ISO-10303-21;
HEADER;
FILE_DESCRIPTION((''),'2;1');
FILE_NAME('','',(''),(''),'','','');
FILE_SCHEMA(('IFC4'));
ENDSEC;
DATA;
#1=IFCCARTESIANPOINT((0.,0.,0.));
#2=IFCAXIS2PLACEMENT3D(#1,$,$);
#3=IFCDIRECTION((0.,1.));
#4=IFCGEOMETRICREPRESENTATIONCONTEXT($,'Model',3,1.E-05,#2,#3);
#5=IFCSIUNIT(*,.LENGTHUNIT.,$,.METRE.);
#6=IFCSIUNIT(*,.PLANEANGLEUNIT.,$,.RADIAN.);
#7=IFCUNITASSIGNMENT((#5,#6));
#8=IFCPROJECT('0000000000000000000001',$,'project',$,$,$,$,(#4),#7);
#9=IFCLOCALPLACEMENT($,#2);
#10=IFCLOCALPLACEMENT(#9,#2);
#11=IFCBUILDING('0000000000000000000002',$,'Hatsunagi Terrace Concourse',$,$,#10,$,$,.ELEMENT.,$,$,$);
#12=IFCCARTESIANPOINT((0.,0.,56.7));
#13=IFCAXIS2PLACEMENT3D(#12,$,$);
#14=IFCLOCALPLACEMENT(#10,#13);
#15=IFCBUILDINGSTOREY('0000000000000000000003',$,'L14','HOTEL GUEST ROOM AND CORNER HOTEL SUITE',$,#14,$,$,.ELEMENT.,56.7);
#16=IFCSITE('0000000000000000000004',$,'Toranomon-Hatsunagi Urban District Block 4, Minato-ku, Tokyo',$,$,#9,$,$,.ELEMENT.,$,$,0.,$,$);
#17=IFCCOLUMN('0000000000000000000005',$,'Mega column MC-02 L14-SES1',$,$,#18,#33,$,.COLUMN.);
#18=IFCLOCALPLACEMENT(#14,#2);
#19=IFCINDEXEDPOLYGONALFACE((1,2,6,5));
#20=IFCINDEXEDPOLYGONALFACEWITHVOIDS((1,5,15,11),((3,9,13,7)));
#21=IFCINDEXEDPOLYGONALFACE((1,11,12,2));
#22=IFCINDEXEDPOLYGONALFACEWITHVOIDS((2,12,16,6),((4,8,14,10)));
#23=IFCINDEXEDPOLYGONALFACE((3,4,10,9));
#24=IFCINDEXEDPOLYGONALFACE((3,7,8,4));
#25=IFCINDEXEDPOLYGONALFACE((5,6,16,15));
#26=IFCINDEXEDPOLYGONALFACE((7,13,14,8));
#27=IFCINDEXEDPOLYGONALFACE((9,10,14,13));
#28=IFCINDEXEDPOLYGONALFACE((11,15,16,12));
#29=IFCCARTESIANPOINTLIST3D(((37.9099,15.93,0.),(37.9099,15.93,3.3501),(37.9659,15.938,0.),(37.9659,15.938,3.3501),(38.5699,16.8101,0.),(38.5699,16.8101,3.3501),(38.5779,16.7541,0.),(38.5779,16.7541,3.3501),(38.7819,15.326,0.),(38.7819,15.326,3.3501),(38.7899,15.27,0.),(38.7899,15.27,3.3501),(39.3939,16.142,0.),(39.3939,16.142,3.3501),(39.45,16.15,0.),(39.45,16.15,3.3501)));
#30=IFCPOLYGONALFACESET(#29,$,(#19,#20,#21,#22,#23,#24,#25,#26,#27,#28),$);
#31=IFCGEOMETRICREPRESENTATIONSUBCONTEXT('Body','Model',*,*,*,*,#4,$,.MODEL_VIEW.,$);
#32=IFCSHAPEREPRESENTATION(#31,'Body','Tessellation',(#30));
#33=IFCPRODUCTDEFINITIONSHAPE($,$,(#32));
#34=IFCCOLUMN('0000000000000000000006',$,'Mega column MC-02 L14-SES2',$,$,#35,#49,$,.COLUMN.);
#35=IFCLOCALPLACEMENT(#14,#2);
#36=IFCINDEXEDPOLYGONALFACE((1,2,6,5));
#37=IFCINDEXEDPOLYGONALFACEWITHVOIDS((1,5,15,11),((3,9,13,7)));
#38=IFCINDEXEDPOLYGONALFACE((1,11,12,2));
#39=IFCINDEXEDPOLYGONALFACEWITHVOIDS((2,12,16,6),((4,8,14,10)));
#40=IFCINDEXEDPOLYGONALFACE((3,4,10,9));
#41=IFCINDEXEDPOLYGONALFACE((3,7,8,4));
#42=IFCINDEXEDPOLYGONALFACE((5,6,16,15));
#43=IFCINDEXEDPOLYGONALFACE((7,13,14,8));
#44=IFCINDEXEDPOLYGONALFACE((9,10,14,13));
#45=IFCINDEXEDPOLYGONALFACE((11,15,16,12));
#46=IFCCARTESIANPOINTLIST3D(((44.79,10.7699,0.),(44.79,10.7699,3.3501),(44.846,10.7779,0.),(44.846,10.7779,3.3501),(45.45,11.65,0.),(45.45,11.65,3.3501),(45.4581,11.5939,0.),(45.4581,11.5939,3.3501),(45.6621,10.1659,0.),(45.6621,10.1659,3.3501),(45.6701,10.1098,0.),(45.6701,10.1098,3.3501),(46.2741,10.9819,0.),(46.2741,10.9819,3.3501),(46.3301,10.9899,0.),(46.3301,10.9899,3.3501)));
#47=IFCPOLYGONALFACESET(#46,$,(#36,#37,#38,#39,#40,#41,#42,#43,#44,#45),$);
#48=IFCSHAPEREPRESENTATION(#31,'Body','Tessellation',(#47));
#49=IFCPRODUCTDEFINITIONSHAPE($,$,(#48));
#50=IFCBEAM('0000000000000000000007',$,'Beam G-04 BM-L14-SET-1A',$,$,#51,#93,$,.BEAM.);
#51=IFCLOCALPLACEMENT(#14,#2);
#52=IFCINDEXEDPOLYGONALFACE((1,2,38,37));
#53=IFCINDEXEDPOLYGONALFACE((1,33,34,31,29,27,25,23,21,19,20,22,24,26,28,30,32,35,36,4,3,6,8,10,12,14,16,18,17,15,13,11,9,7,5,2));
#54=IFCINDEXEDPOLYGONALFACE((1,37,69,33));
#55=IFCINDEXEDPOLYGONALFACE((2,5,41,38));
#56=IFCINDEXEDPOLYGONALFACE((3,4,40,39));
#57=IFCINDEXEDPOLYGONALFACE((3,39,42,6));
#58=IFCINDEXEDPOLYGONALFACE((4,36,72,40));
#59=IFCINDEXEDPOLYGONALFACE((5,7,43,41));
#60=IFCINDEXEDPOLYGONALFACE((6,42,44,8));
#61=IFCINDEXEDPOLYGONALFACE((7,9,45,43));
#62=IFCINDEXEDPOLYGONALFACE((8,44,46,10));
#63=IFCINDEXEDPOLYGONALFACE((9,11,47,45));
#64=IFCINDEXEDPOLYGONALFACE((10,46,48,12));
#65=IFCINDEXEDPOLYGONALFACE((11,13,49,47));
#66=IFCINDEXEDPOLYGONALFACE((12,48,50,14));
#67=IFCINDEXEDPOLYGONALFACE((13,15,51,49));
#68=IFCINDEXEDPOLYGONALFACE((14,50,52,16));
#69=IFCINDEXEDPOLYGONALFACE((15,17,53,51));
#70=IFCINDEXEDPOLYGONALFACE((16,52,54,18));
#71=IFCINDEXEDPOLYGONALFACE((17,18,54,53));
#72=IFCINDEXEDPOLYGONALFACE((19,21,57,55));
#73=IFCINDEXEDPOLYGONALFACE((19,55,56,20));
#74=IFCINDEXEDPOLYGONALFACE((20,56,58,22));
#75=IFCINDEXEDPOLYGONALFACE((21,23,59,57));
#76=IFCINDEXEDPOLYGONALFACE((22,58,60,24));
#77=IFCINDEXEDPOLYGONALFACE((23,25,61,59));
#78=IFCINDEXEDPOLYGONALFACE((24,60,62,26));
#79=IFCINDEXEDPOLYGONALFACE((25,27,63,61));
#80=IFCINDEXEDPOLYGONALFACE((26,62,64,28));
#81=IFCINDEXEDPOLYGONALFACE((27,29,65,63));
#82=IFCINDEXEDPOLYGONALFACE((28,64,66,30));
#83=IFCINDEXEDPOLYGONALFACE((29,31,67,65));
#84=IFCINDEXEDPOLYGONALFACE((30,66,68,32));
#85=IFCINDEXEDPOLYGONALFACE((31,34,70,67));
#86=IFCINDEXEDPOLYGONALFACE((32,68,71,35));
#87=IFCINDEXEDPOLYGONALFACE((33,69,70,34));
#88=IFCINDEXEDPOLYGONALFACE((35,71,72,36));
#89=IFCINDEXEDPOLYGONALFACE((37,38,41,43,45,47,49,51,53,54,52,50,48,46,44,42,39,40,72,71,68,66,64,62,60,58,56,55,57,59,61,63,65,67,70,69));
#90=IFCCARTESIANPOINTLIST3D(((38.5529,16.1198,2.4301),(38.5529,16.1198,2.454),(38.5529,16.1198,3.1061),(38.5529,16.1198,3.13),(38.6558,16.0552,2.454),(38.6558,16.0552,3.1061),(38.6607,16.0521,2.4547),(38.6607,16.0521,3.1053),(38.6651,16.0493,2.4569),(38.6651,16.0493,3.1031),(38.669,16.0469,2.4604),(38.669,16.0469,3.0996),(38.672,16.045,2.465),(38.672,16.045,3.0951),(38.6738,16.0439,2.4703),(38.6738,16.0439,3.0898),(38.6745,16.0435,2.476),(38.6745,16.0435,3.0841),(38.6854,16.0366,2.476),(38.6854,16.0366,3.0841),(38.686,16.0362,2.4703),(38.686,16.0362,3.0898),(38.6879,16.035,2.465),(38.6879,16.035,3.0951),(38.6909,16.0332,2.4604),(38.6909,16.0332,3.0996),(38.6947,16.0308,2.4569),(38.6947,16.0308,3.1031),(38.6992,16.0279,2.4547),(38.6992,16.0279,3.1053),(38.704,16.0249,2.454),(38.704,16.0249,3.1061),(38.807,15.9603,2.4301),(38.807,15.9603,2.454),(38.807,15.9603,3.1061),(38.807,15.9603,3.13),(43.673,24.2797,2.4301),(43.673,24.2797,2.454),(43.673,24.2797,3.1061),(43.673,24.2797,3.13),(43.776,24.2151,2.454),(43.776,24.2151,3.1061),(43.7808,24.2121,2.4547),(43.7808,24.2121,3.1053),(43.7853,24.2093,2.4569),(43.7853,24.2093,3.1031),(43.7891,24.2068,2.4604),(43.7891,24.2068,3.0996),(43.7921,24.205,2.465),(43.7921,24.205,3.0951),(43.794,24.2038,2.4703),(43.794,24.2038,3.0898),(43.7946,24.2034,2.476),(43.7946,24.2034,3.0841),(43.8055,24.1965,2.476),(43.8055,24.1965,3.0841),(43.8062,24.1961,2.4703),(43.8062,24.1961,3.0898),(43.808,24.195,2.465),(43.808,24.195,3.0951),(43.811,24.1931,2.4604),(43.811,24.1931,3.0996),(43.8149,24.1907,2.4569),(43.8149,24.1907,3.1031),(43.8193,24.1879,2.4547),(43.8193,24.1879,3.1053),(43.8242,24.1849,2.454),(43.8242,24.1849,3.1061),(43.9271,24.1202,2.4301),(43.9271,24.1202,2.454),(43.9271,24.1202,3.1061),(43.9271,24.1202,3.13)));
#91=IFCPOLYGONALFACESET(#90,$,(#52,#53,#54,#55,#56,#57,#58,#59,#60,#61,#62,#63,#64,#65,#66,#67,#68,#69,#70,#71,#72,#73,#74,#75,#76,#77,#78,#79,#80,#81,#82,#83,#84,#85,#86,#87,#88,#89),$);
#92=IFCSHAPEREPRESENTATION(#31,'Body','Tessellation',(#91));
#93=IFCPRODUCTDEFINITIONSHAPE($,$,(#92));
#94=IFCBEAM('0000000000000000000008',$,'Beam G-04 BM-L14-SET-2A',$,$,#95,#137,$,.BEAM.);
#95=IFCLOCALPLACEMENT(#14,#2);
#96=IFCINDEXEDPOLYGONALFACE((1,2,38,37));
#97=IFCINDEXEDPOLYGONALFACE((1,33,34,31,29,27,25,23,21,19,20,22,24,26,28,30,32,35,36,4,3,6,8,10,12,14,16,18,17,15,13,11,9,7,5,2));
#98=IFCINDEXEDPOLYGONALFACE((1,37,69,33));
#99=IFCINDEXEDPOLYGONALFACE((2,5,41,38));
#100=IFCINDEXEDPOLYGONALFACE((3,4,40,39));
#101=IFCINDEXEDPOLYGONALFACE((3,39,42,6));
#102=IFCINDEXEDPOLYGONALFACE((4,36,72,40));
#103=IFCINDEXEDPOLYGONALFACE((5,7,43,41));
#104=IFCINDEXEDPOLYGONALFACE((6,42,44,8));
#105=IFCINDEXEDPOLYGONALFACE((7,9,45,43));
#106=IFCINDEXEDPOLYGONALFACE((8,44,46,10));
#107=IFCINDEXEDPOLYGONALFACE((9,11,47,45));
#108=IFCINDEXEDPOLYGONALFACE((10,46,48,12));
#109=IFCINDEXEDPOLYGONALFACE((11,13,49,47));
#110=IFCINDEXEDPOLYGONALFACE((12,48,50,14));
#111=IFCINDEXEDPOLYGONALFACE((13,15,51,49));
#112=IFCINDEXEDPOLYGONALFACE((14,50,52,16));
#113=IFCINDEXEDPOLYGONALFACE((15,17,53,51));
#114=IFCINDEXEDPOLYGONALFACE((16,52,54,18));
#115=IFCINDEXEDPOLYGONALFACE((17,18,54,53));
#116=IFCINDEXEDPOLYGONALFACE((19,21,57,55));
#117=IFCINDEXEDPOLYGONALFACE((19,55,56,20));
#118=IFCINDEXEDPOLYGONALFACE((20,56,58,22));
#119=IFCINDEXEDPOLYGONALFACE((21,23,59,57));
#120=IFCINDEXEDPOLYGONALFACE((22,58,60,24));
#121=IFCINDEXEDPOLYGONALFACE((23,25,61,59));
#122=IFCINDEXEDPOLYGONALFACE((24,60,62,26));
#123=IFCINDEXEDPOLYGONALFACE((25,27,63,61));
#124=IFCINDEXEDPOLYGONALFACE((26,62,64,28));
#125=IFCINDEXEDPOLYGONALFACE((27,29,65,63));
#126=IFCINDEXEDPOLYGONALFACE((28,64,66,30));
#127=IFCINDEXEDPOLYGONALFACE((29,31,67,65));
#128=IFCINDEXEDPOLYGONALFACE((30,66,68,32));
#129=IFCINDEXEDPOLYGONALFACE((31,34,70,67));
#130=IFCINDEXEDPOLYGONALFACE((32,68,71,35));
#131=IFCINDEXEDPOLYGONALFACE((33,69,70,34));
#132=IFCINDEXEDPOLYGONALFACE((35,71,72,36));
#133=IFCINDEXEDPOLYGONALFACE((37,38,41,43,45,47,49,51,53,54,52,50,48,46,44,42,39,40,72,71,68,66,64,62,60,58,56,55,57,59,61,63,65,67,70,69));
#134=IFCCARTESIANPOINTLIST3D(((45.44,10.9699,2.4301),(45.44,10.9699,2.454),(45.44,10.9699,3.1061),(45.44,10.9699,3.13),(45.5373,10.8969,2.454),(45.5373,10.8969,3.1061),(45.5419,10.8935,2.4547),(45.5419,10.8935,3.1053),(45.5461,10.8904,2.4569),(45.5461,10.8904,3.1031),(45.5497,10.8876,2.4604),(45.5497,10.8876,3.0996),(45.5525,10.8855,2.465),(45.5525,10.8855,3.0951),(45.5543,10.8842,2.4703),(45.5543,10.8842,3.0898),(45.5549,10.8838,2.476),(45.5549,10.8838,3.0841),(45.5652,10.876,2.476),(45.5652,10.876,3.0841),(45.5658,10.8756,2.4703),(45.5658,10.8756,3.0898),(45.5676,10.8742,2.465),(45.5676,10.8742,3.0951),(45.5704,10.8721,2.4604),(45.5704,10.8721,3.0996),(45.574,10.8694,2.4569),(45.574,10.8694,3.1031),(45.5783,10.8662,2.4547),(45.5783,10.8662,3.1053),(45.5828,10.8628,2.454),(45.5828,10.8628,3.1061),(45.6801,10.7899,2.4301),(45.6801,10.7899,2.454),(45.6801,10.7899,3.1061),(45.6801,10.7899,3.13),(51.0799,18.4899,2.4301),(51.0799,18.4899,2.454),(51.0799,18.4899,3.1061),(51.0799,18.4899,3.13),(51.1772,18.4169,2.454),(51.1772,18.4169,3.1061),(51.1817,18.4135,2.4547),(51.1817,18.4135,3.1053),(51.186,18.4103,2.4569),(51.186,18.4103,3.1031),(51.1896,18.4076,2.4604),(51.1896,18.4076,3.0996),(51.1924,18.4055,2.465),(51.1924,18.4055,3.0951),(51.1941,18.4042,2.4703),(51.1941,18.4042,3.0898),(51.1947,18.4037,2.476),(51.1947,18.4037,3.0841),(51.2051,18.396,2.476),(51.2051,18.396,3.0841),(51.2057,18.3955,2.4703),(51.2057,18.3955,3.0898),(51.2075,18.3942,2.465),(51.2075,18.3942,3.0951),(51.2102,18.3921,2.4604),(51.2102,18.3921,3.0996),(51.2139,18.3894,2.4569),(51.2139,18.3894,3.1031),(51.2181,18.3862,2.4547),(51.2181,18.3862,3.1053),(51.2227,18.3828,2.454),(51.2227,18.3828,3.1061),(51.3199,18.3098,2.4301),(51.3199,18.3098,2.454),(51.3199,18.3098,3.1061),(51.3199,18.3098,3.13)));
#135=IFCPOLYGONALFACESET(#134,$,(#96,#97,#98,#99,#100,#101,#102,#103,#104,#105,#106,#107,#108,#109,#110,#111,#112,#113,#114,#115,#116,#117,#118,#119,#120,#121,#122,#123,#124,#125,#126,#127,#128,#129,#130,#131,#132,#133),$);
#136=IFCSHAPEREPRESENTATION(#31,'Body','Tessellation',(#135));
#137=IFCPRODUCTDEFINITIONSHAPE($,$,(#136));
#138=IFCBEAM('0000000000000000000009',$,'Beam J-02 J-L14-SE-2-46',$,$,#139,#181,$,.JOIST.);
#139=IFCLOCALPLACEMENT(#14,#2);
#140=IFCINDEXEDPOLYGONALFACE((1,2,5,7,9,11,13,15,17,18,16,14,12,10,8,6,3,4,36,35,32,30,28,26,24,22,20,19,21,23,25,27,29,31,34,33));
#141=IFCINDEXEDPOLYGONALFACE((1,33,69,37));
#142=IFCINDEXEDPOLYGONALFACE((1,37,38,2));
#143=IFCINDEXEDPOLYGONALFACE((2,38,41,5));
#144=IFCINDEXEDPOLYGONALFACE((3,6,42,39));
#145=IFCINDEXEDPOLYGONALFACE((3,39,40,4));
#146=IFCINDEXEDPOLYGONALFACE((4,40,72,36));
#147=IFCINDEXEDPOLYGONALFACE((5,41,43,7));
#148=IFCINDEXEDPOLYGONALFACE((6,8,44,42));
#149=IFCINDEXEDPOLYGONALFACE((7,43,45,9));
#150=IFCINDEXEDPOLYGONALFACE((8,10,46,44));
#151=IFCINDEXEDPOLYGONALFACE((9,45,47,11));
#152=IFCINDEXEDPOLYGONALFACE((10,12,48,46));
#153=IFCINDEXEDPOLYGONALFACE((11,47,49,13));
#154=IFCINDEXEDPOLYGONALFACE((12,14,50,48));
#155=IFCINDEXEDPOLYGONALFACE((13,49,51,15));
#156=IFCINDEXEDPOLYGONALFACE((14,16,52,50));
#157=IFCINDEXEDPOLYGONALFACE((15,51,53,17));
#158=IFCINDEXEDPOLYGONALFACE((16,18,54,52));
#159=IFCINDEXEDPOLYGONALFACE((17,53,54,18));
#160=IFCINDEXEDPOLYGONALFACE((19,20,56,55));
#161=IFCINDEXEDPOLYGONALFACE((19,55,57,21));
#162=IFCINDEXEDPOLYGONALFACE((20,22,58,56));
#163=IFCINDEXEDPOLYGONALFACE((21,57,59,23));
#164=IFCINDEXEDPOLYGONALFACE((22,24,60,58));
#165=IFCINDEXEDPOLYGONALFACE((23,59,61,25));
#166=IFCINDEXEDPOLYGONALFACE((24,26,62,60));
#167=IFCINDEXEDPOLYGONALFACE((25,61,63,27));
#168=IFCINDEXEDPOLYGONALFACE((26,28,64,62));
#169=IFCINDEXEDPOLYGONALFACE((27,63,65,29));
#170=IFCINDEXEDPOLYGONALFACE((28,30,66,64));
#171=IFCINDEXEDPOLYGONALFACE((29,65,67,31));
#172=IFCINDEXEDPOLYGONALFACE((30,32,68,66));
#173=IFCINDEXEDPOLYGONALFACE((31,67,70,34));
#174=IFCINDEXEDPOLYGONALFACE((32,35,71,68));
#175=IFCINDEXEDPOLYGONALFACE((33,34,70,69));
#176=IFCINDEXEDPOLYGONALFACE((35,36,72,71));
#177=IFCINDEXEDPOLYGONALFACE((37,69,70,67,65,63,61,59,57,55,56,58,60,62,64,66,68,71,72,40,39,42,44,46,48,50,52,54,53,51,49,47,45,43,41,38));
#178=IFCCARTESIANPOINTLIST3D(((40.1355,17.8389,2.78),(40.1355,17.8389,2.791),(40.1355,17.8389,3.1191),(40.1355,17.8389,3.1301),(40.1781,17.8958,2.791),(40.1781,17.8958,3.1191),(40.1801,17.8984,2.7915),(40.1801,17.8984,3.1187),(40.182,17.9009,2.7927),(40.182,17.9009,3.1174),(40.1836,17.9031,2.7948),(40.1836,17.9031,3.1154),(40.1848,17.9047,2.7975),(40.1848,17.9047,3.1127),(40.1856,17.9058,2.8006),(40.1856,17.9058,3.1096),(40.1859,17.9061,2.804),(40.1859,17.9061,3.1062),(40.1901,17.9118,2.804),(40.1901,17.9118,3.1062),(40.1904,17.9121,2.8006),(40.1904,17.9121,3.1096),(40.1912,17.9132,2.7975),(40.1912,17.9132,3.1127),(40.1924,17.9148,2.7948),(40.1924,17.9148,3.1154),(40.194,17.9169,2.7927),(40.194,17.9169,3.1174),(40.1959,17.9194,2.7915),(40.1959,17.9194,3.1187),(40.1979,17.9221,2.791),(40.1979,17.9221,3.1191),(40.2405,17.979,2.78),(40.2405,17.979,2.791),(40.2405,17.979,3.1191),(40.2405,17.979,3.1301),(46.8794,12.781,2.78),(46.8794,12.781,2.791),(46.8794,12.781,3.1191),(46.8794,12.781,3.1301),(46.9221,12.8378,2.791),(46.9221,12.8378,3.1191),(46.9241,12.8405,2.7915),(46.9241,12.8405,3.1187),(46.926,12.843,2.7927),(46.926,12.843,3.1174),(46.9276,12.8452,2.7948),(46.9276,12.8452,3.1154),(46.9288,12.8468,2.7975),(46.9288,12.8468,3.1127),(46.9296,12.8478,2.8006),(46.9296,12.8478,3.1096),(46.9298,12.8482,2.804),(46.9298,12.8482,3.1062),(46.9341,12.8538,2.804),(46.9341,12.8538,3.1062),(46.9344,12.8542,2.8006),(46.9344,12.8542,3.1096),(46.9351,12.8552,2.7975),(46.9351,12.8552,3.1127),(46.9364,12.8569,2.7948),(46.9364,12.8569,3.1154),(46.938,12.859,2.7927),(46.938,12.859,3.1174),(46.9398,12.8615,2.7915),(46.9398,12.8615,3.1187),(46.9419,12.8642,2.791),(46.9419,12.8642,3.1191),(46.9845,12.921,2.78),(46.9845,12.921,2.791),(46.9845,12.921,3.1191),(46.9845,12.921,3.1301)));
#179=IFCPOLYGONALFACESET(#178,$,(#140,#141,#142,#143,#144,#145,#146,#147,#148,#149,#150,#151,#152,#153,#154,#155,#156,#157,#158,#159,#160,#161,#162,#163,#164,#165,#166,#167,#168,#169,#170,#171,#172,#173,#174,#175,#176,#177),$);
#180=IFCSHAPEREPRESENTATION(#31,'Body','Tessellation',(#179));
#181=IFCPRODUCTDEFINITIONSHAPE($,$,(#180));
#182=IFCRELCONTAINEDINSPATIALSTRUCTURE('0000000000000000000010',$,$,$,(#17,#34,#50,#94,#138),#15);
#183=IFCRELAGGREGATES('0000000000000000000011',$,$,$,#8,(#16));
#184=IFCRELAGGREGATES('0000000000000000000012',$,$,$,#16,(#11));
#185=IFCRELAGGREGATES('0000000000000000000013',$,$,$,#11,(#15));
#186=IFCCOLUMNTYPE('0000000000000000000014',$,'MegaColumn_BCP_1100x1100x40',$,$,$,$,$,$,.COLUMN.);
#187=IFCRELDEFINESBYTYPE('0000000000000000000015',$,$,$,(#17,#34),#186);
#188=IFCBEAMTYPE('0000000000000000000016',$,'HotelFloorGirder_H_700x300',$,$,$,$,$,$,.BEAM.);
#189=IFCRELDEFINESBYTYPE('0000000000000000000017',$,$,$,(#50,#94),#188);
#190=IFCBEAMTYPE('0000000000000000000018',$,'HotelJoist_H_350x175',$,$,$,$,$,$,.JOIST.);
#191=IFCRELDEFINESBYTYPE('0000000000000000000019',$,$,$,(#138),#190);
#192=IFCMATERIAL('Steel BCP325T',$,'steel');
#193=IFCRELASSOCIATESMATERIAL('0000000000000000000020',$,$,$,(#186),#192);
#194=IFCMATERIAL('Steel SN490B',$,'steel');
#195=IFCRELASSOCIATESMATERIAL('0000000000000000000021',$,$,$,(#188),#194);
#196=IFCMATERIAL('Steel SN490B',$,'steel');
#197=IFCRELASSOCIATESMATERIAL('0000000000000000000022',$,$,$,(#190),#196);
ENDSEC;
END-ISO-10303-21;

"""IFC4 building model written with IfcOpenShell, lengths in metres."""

from ifc_helpers import new_model, si_unit, direction, frame, origin, origin_2d, place, context, subcontext, project, spatial, hollow_rectangle, i_section, extrude, material, material_profile, profile_set, type_object, element, save


model = new_model("IFC4")

# Units and contexts
model_context = context("Model", 3, precision=1e-05, world=origin(), true_north=direction((0.0, 1.0)))
body_context = subcontext(model_context, "Body", "Model", "MODEL_VIEW")
ifc_project = project(units=[si_unit("LENGTHUNIT", "METRE"), si_unit("PLANEANGLEUNIT", "RADIAN")], contexts=[model_context])

# Site, building, storey
site_placement = place(None, origin())
site = spatial("IfcSite", under=ifc_project, at=site_placement, Name="Toranomon-Hatsunagi Urban District Block 4, Minato-ku, Tokyo", CompositionType="ELEMENT", RefElevation=0.0)
building_placement = place(site_placement, origin())
building = spatial("IfcBuilding", under=site, at=building_placement, Name="Hatsunagi Terrace Concourse", CompositionType="ELEMENT")
storey_placement = place(building_placement, frame((0.0, 0.0, 56.7)))
storey = spatial("IfcBuildingStorey", under=building, at=storey_placement, Name="L14", Description="HOTEL GUEST ROOM AND CORNER HOTEL SUITE", CompositionType="ELEMENT", Elevation=56.7)

# Columns
ifc_material_1 = material(Name="Steel BCP325T", Category="steel")
ifc_material_profile_1 = material_profile(ifc_material_1, hollow_rectangle(XDim=1.1001, YDim=1.1001, WallThickness=0.04, at=origin_2d()), Name="BCP-1100x1100x40")
ifc_profile_set_1 = profile_set([ifc_material_profile_1], Name="Steel BCP325T")
column_type = type_object("IfcColumnType", Name="MegaColumn_BCP_1100x1100x40", PredefinedType="COLUMN", material=ifc_profile_set_1)
for number, where, z_axis, x_axis, name in (
    (1, (38.6799, 16.04, 0.0), (0.0, 0.0, 1.0), (0.8, -0.6, 0.0), "Mega column MC-02 L14-SES1"),
    (2, (45.5601, 10.8799, 0.0), (0.0, 0.0, 1.0), (0.8, -0.6, 0.0), "Mega column MC-02 L14-SES2"),
):
    element("IfcColumn", number, at=place(storey_placement, frame(where, z_axis=z_axis, x_axis=x_axis)), inside=storey, type_object=column_type, Name=name, PredefinedType="COLUMN", context=body_context, shape_type="SweptSolid", body=[
        extrude(hollow_rectangle(XDim=1.1001, YDim=1.1001, WallThickness=0.04, at=origin_2d()), origin(), (0.0, 0.0, 1.0), 3.3501),
    ])

# Beams
ifc_material_2 = material(Name="Steel SN490B", Category="steel")
ifc_material_profile_2 = material_profile(ifc_material_2, i_section(OverallWidth=0.3, OverallDepth=0.7, WebThickness=0.0129, FlangeThickness=0.0239, FilletRadius=0.022, at=origin_2d()), Name="H-700x300x13x24")
ifc_profile_set_2 = profile_set([ifc_material_profile_2], Name="Steel SN490B")
beam_type_1 = type_object("IfcBeamType", Name="HotelFloorGirder_H_700x300", PredefinedType="BEAM", material=ifc_profile_set_2)
beam_1_placement = place(storey_placement, frame((38.6799, 16.04, 2.78), z_axis=(0.531504, 0.847056, 0.0), x_axis=(-0.847056, 0.531504, 0.0)))
element("IfcBeam", 3, at=beam_1_placement, inside=storey, type_object=beam_type_1, Name="Beam G-04 BM-L14-SET-1A", PredefinedType="BEAM", context=body_context, shape_type="SweptSolid", body=[
    extrude(i_section(OverallWidth=0.3, OverallDepth=0.7, WebThickness=0.0129, FlangeThickness=0.0239, FilletRadius=0.022, at=origin_2d()), origin(), (0.0, 0.0, 1.0), 9.6333),
])
beam_2_placement = place(storey_placement, frame((45.5601, 10.8799, 2.78), z_axis=(0.599992, 0.800006, 0.0), x_axis=(-0.800006, 0.599992, 0.0)))
element("IfcBeam", 4, at=beam_2_placement, inside=storey, type_object=beam_type_1, Name="Beam G-04 BM-L14-SET-2A", PredefinedType="BEAM", context=body_context, shape_type="SweptSolid", body=[
    extrude(i_section(OverallWidth=0.3, OverallDepth=0.7, WebThickness=0.0129, FlangeThickness=0.0239, FilletRadius=0.022, at=origin_2d()), origin(), (0.0, 0.0, 1.0), 9.3999),
])
ifc_material_3 = material(Name="Steel SN490B", Category="steel")
ifc_material_profile_3 = material_profile(ifc_material_3, i_section(OverallWidth=0.175, OverallDepth=0.3501, WebThickness=0.0071, FlangeThickness=0.011, FilletRadius=0.0129, at=origin_2d()), Name="H-350x175x7x11")
ifc_profile_set_3 = profile_set([ifc_material_profile_3], Name="Steel SN490B")
beam_type_2 = type_object("IfcBeamType", Name="HotelJoist_H_350x175", PredefinedType="JOIST", material=ifc_profile_set_3)
beam_3_placement = place(storey_placement, frame((40.188, 17.9089, 2.9551), z_axis=(0.800003, -0.599995, 0.0), x_axis=(0.599995, 0.800003, 0.0)))
element("IfcBeam", 5, at=beam_3_placement, inside=storey, type_object=beam_type_2, Name="Beam J-02 J-L14-SE-2-46", PredefinedType="JOIST", context=body_context, shape_type="SweptSolid", body=[
    extrude(i_section(OverallWidth=0.175, OverallDepth=0.3501, WebThickness=0.0071, FlangeThickness=0.011, FilletRadius=0.0129, at=origin_2d()), origin(), (0.0, 0.0, 1.0), 8.4299),
])

save(model, "model.ifc")
